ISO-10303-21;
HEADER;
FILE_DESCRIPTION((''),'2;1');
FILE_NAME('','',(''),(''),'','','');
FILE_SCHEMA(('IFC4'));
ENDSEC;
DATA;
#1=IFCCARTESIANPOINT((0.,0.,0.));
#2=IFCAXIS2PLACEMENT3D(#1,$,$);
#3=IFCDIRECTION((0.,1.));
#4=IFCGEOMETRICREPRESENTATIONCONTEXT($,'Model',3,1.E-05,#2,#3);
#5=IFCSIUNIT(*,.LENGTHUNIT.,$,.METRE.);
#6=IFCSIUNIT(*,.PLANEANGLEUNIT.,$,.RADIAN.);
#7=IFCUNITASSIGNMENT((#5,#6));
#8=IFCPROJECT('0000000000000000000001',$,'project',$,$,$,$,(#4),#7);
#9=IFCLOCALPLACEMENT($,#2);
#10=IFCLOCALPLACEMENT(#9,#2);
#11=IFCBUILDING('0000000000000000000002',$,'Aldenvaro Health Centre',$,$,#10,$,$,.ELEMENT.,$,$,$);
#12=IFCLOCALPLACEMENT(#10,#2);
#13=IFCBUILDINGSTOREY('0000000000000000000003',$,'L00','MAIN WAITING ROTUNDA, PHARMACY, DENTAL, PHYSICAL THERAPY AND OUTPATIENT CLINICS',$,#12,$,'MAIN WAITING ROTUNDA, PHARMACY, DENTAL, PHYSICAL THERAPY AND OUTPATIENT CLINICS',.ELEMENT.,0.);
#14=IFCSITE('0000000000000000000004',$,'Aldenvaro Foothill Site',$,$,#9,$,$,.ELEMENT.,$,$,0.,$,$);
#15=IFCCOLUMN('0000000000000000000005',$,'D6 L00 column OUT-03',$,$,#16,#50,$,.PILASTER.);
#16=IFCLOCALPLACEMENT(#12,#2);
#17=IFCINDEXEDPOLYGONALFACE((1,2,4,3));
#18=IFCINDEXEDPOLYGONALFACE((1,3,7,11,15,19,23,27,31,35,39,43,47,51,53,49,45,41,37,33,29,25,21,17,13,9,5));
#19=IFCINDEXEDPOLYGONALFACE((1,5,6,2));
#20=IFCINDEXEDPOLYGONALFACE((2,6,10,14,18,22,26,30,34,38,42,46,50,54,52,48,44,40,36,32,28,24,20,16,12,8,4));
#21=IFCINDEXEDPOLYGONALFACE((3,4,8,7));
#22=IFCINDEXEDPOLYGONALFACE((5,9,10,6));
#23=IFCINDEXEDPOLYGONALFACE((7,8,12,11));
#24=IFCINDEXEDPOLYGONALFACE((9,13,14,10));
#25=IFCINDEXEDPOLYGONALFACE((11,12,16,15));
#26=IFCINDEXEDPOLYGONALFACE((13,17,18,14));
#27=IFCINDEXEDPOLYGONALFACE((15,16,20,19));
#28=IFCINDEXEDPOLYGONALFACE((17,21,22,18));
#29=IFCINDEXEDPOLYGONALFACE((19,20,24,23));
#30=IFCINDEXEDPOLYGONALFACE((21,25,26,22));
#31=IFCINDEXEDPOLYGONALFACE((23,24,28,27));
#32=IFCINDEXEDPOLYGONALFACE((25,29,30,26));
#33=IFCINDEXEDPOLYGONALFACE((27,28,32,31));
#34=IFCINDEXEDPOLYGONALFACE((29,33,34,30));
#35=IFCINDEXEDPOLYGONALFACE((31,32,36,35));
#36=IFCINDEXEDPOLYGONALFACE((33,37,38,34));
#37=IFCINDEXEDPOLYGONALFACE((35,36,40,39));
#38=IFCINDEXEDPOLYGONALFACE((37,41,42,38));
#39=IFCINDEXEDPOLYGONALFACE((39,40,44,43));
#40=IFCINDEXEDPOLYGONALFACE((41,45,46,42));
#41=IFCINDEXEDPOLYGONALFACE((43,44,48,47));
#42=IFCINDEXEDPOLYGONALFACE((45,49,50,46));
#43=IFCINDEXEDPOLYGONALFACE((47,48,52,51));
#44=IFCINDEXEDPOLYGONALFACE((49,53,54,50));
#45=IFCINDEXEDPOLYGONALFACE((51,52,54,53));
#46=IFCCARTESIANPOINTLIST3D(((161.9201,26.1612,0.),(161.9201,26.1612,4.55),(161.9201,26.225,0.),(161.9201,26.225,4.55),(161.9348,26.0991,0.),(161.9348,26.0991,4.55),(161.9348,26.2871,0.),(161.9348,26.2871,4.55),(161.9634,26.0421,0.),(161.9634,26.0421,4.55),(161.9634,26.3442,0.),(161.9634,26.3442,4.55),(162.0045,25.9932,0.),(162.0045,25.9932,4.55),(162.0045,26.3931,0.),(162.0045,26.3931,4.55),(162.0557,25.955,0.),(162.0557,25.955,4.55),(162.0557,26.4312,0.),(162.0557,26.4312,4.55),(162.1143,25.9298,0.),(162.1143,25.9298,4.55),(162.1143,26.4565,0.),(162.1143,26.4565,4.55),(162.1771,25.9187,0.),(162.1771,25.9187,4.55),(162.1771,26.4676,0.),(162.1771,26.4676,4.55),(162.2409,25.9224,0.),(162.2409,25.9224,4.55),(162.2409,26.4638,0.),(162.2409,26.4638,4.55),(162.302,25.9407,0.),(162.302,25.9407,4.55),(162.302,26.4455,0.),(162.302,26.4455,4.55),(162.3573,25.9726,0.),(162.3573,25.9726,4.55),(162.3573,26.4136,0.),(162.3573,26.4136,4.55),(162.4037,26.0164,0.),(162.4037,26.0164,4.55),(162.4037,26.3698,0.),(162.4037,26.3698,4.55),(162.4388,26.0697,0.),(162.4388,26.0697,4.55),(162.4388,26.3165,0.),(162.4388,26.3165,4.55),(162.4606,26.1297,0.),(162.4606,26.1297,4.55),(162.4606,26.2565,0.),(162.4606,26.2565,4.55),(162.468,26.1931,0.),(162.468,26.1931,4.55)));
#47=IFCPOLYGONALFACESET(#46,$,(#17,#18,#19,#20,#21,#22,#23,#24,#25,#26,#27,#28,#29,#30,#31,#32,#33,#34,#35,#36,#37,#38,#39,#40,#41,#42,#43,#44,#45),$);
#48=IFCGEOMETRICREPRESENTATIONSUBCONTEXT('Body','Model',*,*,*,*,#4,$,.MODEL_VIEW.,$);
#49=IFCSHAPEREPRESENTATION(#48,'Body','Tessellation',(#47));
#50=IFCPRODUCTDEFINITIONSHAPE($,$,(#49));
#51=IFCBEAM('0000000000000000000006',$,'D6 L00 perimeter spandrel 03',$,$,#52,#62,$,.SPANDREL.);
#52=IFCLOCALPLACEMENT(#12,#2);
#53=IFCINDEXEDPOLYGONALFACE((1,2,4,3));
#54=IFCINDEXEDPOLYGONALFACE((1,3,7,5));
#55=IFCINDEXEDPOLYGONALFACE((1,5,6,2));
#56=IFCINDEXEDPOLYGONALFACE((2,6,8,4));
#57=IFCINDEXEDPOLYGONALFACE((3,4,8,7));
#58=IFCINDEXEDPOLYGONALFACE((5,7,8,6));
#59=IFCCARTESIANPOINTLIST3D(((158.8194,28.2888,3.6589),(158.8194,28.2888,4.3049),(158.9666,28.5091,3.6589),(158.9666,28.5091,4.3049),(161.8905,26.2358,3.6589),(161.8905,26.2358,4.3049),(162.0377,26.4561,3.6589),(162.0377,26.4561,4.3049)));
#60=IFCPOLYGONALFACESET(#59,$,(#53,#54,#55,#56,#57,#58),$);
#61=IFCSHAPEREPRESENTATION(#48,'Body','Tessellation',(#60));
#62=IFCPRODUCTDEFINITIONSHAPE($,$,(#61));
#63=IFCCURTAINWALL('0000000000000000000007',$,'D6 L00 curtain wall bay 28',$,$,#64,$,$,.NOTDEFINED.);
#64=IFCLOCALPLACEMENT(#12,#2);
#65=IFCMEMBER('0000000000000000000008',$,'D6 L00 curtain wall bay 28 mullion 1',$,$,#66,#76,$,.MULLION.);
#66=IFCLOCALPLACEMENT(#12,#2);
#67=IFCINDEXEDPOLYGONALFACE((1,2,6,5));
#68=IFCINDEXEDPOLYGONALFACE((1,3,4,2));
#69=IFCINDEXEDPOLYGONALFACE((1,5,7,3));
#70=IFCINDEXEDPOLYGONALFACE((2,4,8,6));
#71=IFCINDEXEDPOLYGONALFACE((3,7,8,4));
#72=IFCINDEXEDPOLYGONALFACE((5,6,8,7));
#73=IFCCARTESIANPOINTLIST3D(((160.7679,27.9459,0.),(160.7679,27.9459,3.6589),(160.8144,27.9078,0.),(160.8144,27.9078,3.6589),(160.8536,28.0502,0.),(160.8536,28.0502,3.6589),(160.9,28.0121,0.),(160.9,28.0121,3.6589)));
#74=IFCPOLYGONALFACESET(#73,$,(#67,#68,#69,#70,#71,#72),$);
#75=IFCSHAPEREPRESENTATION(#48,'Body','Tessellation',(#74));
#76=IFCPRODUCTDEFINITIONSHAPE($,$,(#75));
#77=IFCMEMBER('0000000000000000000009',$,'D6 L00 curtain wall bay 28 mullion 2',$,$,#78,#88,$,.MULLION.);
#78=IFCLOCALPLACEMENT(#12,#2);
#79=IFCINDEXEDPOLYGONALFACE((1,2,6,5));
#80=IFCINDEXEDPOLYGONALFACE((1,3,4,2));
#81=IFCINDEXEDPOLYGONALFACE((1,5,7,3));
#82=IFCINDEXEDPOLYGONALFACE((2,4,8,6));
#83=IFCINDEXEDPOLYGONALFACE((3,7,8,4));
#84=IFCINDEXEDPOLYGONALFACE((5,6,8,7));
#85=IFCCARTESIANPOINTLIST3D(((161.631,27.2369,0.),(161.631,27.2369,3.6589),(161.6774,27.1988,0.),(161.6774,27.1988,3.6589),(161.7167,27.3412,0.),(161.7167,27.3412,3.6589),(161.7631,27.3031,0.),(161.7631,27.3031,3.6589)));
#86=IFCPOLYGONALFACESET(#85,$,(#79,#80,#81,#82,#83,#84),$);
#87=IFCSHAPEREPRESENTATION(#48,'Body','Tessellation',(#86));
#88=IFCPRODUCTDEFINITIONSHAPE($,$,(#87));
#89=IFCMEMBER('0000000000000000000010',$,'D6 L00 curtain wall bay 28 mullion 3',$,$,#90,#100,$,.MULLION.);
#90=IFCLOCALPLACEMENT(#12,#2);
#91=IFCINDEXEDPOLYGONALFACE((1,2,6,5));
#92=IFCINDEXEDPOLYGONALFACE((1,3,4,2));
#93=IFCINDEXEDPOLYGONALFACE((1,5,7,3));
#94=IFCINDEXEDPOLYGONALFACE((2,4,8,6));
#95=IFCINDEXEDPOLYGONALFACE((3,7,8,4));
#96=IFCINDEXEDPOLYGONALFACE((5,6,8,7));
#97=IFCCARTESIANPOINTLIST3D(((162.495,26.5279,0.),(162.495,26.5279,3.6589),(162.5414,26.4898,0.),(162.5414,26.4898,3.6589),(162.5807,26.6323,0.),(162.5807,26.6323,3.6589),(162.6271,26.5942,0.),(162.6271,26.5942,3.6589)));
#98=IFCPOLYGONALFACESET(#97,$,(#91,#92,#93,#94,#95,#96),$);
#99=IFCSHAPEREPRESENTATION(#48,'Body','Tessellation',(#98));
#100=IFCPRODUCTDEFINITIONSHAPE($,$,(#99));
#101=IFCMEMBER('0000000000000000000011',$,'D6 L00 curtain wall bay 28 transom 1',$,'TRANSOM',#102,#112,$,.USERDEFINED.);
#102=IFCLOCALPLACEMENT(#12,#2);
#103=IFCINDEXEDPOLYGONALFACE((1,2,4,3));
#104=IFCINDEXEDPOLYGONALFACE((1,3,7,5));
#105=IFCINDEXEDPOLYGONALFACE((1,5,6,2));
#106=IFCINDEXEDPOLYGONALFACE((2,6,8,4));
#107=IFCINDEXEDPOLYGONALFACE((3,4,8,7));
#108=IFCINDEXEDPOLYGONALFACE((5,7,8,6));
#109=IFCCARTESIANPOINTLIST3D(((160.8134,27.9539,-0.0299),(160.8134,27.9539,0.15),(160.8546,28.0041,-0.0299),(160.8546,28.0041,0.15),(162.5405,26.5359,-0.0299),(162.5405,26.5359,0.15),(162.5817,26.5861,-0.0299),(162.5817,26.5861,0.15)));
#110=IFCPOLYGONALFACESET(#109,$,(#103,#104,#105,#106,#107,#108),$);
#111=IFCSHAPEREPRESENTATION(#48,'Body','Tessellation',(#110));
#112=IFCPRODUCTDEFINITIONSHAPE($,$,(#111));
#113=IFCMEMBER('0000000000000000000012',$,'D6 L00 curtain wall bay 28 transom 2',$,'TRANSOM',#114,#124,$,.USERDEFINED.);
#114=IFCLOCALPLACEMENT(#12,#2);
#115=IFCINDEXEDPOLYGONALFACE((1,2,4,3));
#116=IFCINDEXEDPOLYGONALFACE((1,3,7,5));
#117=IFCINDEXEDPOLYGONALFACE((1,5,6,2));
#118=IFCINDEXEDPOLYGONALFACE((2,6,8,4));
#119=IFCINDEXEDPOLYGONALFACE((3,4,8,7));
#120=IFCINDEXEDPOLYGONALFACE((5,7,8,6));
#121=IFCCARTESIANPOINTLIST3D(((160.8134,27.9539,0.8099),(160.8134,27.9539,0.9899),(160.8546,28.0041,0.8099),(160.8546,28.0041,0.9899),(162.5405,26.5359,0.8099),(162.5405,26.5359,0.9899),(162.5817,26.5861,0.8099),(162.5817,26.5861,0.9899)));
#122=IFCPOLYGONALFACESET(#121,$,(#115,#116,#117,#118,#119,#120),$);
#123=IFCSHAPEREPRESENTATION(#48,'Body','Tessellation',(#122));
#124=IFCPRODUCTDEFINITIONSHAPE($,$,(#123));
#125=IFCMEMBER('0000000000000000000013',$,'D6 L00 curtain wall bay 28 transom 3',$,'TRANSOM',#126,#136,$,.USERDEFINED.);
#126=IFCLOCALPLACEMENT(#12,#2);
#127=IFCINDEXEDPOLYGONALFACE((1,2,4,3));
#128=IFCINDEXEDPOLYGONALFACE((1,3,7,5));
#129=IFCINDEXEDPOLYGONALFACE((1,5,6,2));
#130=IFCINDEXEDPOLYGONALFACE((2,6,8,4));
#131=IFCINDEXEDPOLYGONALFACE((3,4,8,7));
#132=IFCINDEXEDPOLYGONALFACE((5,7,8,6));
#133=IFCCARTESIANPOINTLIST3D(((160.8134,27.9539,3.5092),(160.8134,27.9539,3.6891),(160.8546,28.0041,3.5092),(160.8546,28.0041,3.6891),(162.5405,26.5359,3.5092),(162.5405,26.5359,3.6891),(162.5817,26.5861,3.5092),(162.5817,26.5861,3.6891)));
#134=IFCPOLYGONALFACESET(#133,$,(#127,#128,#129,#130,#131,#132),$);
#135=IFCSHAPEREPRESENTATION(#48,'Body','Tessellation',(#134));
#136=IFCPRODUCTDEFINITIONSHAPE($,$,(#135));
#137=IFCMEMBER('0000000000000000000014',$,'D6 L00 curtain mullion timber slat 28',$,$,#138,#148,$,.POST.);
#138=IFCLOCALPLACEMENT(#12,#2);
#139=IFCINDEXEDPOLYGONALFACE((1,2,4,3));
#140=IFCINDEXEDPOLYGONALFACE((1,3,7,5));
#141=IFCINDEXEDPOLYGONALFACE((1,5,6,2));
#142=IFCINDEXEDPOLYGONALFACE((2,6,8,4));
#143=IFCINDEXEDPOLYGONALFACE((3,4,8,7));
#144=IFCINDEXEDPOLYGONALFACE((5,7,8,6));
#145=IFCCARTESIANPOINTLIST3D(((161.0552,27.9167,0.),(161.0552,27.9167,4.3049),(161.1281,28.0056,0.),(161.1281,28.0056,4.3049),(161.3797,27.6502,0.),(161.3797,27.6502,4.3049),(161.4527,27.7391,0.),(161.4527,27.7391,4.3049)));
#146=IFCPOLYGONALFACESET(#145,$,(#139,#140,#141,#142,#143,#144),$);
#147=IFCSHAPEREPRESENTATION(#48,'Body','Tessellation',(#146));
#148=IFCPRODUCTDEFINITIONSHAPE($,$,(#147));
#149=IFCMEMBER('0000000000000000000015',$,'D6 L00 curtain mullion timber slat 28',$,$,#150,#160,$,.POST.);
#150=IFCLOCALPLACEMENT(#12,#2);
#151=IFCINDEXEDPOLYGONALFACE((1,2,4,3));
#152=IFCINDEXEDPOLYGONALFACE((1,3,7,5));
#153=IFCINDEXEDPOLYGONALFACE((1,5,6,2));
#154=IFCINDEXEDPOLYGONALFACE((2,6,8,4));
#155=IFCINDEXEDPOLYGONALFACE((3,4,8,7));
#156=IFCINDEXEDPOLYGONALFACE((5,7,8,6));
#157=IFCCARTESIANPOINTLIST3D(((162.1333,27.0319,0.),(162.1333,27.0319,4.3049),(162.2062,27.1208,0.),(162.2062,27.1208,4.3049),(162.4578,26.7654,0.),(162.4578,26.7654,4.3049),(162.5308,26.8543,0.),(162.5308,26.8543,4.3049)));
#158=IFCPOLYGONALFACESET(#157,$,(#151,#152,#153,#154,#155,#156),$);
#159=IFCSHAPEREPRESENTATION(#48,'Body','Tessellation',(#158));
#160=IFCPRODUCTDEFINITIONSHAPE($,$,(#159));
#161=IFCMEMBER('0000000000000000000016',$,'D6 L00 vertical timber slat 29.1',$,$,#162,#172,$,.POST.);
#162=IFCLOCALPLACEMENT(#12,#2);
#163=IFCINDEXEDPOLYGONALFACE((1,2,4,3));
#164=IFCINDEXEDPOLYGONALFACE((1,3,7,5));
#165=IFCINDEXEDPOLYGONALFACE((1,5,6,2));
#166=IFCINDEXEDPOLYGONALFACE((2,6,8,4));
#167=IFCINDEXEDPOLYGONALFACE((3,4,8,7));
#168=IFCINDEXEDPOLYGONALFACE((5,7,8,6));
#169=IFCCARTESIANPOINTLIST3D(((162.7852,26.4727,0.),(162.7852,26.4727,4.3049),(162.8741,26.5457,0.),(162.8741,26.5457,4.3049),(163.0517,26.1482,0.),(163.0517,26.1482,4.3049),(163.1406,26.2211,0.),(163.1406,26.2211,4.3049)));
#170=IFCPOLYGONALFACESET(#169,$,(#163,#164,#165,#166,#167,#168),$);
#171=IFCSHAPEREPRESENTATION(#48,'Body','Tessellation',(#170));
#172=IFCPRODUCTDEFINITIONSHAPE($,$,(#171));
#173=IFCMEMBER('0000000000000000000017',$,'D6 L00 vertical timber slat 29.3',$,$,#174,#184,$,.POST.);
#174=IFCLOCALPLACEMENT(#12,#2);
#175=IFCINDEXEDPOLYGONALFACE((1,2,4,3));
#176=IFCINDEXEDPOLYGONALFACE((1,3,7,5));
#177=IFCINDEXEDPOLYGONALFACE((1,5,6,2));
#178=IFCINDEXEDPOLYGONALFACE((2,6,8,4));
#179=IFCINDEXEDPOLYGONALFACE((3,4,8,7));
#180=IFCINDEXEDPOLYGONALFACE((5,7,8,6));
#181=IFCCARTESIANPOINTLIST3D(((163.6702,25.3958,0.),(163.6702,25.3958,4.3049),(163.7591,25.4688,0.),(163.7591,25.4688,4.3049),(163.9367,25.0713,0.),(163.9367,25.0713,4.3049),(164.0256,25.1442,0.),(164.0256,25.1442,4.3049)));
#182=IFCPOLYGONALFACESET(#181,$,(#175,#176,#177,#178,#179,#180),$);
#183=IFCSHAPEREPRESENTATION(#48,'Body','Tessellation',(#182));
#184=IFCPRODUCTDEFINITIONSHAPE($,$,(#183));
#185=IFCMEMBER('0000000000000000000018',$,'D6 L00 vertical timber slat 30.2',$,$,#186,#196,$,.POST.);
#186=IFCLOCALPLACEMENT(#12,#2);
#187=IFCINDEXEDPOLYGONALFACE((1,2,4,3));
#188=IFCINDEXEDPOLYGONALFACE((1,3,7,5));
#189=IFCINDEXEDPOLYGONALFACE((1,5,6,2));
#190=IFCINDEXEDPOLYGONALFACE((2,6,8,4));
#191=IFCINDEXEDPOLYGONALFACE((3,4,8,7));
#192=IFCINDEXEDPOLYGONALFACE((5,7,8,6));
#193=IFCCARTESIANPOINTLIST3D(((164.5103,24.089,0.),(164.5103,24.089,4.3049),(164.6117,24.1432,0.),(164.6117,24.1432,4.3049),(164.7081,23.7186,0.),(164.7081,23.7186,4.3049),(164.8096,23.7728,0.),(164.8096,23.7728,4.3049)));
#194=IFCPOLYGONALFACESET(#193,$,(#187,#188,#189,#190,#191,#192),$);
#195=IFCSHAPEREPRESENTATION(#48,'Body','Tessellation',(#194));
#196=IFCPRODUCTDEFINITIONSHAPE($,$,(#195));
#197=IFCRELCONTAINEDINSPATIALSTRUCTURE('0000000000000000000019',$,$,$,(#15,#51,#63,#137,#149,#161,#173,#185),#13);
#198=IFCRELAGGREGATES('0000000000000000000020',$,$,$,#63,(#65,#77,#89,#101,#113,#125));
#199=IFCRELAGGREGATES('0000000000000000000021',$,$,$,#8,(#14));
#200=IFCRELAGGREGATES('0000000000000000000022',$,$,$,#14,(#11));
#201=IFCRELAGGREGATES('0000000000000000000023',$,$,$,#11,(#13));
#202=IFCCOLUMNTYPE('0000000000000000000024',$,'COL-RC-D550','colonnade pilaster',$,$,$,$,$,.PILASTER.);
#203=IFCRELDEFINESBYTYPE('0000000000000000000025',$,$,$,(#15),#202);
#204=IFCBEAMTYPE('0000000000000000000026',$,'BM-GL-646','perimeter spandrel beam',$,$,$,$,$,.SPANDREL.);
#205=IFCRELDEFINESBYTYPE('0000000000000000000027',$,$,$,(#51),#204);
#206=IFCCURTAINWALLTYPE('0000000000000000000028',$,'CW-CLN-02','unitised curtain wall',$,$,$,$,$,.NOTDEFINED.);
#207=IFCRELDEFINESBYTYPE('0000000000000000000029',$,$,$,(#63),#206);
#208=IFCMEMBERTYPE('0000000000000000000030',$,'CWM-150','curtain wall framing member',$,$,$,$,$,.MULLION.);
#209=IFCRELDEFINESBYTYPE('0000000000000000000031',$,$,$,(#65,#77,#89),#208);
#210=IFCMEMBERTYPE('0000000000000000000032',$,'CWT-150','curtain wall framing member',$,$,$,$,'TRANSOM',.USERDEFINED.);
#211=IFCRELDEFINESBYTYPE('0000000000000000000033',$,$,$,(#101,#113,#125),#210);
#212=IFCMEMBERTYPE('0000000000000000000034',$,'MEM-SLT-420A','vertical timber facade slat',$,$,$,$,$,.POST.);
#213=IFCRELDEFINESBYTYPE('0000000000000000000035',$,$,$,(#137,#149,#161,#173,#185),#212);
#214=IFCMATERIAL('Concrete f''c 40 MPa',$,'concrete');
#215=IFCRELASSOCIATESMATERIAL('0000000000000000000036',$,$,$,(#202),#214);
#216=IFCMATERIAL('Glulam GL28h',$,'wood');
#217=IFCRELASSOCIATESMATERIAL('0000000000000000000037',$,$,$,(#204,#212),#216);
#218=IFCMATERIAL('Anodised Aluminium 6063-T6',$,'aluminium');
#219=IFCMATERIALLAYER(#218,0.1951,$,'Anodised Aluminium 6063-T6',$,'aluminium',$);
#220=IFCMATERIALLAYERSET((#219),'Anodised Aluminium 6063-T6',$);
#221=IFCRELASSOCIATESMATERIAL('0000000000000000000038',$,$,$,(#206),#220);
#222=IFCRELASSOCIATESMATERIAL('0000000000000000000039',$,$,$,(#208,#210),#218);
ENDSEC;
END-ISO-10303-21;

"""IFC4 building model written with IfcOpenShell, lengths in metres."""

from ifc_helpers import new_model, si_unit, direction, frame, origin, origin_2d, place, context, subcontext, project, spatial, rectangle, circle, extrude, material, layer, layer_set, material_profile, profile_set, type_object, element, aggregate, save


model = new_model("IFC4")

# Units and contexts
model_context = context("Model", 3, precision=1e-05, world=origin(), true_north=direction((0.0, 1.0)))
body_context = subcontext(model_context, "Body", "Model", "MODEL_VIEW")
ifc_project = project(units=[si_unit("LENGTHUNIT", "METRE"), si_unit("PLANEANGLEUNIT", "RADIAN")], contexts=[model_context])

# Site, building, storey
site_placement = place(None, origin())
site = spatial("IfcSite", under=ifc_project, at=site_placement, Name="Aldenvaro Foothill Site", CompositionType="ELEMENT", RefElevation=0.0)
building_placement = place(site_placement, origin())
building = spatial("IfcBuilding", under=site, at=building_placement, Name="Aldenvaro Health Centre", CompositionType="ELEMENT")
storey_placement = place(building_placement, origin())
storey = spatial("IfcBuildingStorey", under=building, at=storey_placement, Name="L00", Description="MAIN WAITING ROTUNDA, PHARMACY, DENTAL, PHYSICAL THERAPY AND OUTPATIENT CLINICS", LongName="MAIN WAITING ROTUNDA, PHARMACY, DENTAL, PHYSICAL THERAPY AND OUTPATIENT CLINICS", CompositionType="ELEMENT", Elevation=0.0)

# Column
ifc_material_1 = material(Name="Concrete f'c 40 MPa", Category="concrete")
ifc_material_profile_1 = material_profile(ifc_material_1, circle(Radius=0.2749, at=origin_2d()), Name="RC D550", Category="concrete")
ifc_profile_set_1 = profile_set([ifc_material_profile_1], Name="Concrete f'c 40 MPa")
column_type = type_object("IfcColumnType", Name="COL-RC-D550", Description="colonnade pilaster", PredefinedType="PILASTER", material=ifc_profile_set_1)
column_placement = place(storey_placement, frame((162.1931, 26.1931, 0.0), z_axis=(0.0, 0.0, 1.0), x_axis=(1.0, 0.0, 0.0)))
element("IfcColumn", 1, at=column_placement, inside=storey, type_object=column_type, Name="D6 L00 column OUT-03", PredefinedType="PILASTER", context=body_context, shape_type="SweptSolid", body=[
    extrude(circle(Radius=0.2749, at=origin_2d()), origin(), (0.0, 0.0, 1.0), 4.55),
])

# Beam
ifc_material_2 = material(Name="Glulam GL28h", Category="wood")
ifc_material_profile_2 = material_profile(ifc_material_2, rectangle(XDim=0.2649, YDim=0.646, at=origin_2d()), Name="GL 265x646", Category="wood")
ifc_profile_set_2 = profile_set([ifc_material_profile_2], Name="Glulam GL28h")
beam_type = type_object("IfcBeamType", Name="BM-GL-646", Description="perimeter spandrel beam", PredefinedType="SPANDREL", material=ifc_profile_set_2)
beam_placement = place(storey_placement, frame((161.9641, 26.3459, 3.9819), z_axis=(-0.831348, 0.555752, 0.0), x_axis=(-0.555752, -0.831348, 0.0)))
element("IfcBeam", 2, at=beam_placement, inside=storey, type_object=beam_type, Name="D6 L00 perimeter spandrel 03", PredefinedType="SPANDREL", context=body_context, shape_type="SweptSolid", body=[
    extrude(rectangle(XDim=0.2649, YDim=0.646, at=origin_2d()), origin(), (0.0, 0.0, 1.0), 3.6941),
])

# Curtain wall, members
ifc_material_3 = material(Name="Anodised Aluminium 6063-T6", Category="aluminium")
ifc_layer_1 = layer(ifc_material_3, 0.1951, Name="Anodised Aluminium 6063-T6", Category="aluminium")
ifc_layer_set_1 = layer_set([ifc_layer_1], Name="Anodised Aluminium 6063-T6")
curtain_wall_type = type_object("IfcCurtainWallType", Name="CW-CLN-02", Description="unitised curtain wall", PredefinedType="NOTDEFINED", material=ifc_layer_set_1)
curtain_wall_placement = place(storey_placement, origin())
curtain_wall = element("IfcCurtainWall", 3, at=curtain_wall_placement, inside=storey, type_object=curtain_wall_type, Name="D6 L00 curtain wall bay 28", PredefinedType="NOTDEFINED")
ifc_material_profile_3 = material_profile(ifc_material_3, rectangle(XDim=0.0601, YDim=0.135, at=origin_2d()), Name="ALU 60x135", Category="aluminium")
ifc_profile_set_3 = profile_set([ifc_material_profile_3], Name="Anodised Aluminium 6063-T6")
member_type_1 = type_object("IfcMemberType", Name="CWM-150", Description="curtain wall framing member", PredefinedType="MULLION", material=ifc_profile_set_3)
member_1_placement = place(storey_placement, frame((160.834, 27.979, 0.0), z_axis=(0.0, 0.0, 1.0), x_axis=(0.77286, -0.634577, 0.0)))
member_1 = element("IfcMember", 4, at=member_1_placement, type_object=member_type_1, Name="D6 L00 curtain wall bay 28 mullion 1", PredefinedType="MULLION", context=body_context, shape_type="SweptSolid", body=[
    extrude(rectangle(XDim=0.0601, YDim=0.135, at=origin_2d()), origin(), (0.0, 0.0, 1.0), 3.6589),
])
member_2_placement = place(storey_placement, frame((161.697, 27.27, 0.0), z_axis=(0.0, 0.0, 1.0), x_axis=(0.77286, -0.634577, 0.0)))
member_2 = element("IfcMember", 5, at=member_2_placement, type_object=member_type_1, Name="D6 L00 curtain wall bay 28 mullion 2", PredefinedType="MULLION", context=body_context, shape_type="SweptSolid", body=[
    extrude(rectangle(XDim=0.0601, YDim=0.135, at=origin_2d()), origin(), (0.0, 0.0, 1.0), 3.6589),
])
member_3_placement = place(storey_placement, frame((162.561, 26.561, 0.0), z_axis=(0.0, 0.0, 1.0), x_axis=(0.77286, -0.634577, 0.0)))
member_3 = element("IfcMember", 6, at=member_3_placement, type_object=member_type_1, Name="D6 L00 curtain wall bay 28 mullion 3", PredefinedType="MULLION", context=body_context, shape_type="SweptSolid", body=[
    extrude(rectangle(XDim=0.0601, YDim=0.135, at=origin_2d()), origin(), (0.0, 0.0, 1.0), 3.6589),
])
ifc_material_profile_4 = material_profile(ifc_material_3, rectangle(XDim=0.0649, YDim=0.1799, at=origin_2d()), Name="ALU 65x180", Category="aluminium")
ifc_profile_set_4 = profile_set([ifc_material_profile_4], Name="Anodised Aluminium 6063-T6")
member_type_2 = type_object("IfcMemberType", Name="CWT-150", Description="curtain wall framing member", ElementType="TRANSOM", PredefinedType="USERDEFINED", material=ifc_profile_set_4)
member_4_placement = place(storey_placement, frame((160.834, 27.979, 0.0601), z_axis=(0.772876, -0.634558, 0.0), x_axis=(0.634558, 0.772876, 0.0)))
member_4 = element("IfcMember", 7, at=member_4_placement, type_object=member_type_2, Name="D6 L00 curtain wall bay 28 transom 1", ObjectType="TRANSOM", PredefinedType="USERDEFINED", context=body_context, shape_type="SweptSolid", body=[
    extrude(rectangle(XDim=0.0649, YDim=0.1799, at=origin_2d()), origin(), (0.0, 0.0, 1.0), 2.2346),
])
member_5_placement = place(storey_placement, frame((160.834, 27.979, 0.8999), z_axis=(0.772876, -0.634558, 0.0), x_axis=(0.634558, 0.772876, 0.0)))
member_5 = element("IfcMember", 8, at=member_5_placement, type_object=member_type_2, Name="D6 L00 curtain wall bay 28 transom 2", ObjectType="TRANSOM", PredefinedType="USERDEFINED", context=body_context, shape_type="SweptSolid", body=[
    extrude(rectangle(XDim=0.0649, YDim=0.1799, at=origin_2d()), origin(), (0.0, 0.0, 1.0), 2.2346),
])
member_6_placement = place(storey_placement, frame((160.834, 27.979, 3.5991), z_axis=(0.772876, -0.634558, 0.0), x_axis=(0.634558, 0.772876, 0.0)))
member_6 = element("IfcMember", 9, at=member_6_placement, type_object=member_type_2, Name="D6 L00 curtain wall bay 28 transom 3", ObjectType="TRANSOM", PredefinedType="USERDEFINED", context=body_context, shape_type="SweptSolid", body=[
    extrude(rectangle(XDim=0.0649, YDim=0.1799, at=origin_2d()), origin(), (0.0, 0.0, 1.0), 2.2346),
])

# Members
ifc_material_profile_5 = material_profile(ifc_material_2, rectangle(XDim=0.115, YDim=0.4199, at=origin_2d()), Name="GL 115x420", Category="wood")
ifc_profile_set_5 = profile_set([ifc_material_profile_5], Name="Glulam GL28h")
member_type_3 = type_object("IfcMemberType", Name="MEM-SLT-420A", Description="vertical timber facade slat", PredefinedType="POST", material=ifc_profile_set_5)
for number, where, z_axis, x_axis, name in (
    (10, (161.2539, 27.8279, 0.0), (0.0, 0.0, 1.0), (0.634577, 0.77286, 0.0), "D6 L00 curtain mullion timber slat 28"),
    (11, (162.332, 26.9431, 0.0), (0.0, 0.0, 1.0), (0.634577, 0.77286, 0.0), "D6 L00 curtain mullion timber slat 28"),
    (12, (162.9629, 26.3469, 0.0), (0.0, 0.0, 1.0), (0.77286, 0.634577, 0.0), "D6 L00 vertical timber slat 29.1"),
    (13, (163.8479, 25.27, 0.0), (0.0, 0.0, 1.0), (0.77286, 0.634577, 0.0), "D6 L00 vertical timber slat 29.3"),
    (14, (164.6599, 23.9309, 0.0), (0.0, 0.0, 1.0), (0.882018, 0.471215, 0.0), "D6 L00 vertical timber slat 30.2"),
):
    element("IfcMember", number, at=place(storey_placement, frame(where, z_axis=z_axis, x_axis=x_axis)), inside=storey, type_object=member_type_3, Name=name, PredefinedType="POST", context=body_context, shape_type="SweptSolid", body=[
        extrude(rectangle(XDim=0.115, YDim=0.4199, at=origin_2d()), origin(), (0.0, 0.0, 1.0), 4.3049),
    ])

aggregate(curtain_wall, [member_1, member_2, member_3, member_4, member_5, member_6])

save(model, "model.ifc")
